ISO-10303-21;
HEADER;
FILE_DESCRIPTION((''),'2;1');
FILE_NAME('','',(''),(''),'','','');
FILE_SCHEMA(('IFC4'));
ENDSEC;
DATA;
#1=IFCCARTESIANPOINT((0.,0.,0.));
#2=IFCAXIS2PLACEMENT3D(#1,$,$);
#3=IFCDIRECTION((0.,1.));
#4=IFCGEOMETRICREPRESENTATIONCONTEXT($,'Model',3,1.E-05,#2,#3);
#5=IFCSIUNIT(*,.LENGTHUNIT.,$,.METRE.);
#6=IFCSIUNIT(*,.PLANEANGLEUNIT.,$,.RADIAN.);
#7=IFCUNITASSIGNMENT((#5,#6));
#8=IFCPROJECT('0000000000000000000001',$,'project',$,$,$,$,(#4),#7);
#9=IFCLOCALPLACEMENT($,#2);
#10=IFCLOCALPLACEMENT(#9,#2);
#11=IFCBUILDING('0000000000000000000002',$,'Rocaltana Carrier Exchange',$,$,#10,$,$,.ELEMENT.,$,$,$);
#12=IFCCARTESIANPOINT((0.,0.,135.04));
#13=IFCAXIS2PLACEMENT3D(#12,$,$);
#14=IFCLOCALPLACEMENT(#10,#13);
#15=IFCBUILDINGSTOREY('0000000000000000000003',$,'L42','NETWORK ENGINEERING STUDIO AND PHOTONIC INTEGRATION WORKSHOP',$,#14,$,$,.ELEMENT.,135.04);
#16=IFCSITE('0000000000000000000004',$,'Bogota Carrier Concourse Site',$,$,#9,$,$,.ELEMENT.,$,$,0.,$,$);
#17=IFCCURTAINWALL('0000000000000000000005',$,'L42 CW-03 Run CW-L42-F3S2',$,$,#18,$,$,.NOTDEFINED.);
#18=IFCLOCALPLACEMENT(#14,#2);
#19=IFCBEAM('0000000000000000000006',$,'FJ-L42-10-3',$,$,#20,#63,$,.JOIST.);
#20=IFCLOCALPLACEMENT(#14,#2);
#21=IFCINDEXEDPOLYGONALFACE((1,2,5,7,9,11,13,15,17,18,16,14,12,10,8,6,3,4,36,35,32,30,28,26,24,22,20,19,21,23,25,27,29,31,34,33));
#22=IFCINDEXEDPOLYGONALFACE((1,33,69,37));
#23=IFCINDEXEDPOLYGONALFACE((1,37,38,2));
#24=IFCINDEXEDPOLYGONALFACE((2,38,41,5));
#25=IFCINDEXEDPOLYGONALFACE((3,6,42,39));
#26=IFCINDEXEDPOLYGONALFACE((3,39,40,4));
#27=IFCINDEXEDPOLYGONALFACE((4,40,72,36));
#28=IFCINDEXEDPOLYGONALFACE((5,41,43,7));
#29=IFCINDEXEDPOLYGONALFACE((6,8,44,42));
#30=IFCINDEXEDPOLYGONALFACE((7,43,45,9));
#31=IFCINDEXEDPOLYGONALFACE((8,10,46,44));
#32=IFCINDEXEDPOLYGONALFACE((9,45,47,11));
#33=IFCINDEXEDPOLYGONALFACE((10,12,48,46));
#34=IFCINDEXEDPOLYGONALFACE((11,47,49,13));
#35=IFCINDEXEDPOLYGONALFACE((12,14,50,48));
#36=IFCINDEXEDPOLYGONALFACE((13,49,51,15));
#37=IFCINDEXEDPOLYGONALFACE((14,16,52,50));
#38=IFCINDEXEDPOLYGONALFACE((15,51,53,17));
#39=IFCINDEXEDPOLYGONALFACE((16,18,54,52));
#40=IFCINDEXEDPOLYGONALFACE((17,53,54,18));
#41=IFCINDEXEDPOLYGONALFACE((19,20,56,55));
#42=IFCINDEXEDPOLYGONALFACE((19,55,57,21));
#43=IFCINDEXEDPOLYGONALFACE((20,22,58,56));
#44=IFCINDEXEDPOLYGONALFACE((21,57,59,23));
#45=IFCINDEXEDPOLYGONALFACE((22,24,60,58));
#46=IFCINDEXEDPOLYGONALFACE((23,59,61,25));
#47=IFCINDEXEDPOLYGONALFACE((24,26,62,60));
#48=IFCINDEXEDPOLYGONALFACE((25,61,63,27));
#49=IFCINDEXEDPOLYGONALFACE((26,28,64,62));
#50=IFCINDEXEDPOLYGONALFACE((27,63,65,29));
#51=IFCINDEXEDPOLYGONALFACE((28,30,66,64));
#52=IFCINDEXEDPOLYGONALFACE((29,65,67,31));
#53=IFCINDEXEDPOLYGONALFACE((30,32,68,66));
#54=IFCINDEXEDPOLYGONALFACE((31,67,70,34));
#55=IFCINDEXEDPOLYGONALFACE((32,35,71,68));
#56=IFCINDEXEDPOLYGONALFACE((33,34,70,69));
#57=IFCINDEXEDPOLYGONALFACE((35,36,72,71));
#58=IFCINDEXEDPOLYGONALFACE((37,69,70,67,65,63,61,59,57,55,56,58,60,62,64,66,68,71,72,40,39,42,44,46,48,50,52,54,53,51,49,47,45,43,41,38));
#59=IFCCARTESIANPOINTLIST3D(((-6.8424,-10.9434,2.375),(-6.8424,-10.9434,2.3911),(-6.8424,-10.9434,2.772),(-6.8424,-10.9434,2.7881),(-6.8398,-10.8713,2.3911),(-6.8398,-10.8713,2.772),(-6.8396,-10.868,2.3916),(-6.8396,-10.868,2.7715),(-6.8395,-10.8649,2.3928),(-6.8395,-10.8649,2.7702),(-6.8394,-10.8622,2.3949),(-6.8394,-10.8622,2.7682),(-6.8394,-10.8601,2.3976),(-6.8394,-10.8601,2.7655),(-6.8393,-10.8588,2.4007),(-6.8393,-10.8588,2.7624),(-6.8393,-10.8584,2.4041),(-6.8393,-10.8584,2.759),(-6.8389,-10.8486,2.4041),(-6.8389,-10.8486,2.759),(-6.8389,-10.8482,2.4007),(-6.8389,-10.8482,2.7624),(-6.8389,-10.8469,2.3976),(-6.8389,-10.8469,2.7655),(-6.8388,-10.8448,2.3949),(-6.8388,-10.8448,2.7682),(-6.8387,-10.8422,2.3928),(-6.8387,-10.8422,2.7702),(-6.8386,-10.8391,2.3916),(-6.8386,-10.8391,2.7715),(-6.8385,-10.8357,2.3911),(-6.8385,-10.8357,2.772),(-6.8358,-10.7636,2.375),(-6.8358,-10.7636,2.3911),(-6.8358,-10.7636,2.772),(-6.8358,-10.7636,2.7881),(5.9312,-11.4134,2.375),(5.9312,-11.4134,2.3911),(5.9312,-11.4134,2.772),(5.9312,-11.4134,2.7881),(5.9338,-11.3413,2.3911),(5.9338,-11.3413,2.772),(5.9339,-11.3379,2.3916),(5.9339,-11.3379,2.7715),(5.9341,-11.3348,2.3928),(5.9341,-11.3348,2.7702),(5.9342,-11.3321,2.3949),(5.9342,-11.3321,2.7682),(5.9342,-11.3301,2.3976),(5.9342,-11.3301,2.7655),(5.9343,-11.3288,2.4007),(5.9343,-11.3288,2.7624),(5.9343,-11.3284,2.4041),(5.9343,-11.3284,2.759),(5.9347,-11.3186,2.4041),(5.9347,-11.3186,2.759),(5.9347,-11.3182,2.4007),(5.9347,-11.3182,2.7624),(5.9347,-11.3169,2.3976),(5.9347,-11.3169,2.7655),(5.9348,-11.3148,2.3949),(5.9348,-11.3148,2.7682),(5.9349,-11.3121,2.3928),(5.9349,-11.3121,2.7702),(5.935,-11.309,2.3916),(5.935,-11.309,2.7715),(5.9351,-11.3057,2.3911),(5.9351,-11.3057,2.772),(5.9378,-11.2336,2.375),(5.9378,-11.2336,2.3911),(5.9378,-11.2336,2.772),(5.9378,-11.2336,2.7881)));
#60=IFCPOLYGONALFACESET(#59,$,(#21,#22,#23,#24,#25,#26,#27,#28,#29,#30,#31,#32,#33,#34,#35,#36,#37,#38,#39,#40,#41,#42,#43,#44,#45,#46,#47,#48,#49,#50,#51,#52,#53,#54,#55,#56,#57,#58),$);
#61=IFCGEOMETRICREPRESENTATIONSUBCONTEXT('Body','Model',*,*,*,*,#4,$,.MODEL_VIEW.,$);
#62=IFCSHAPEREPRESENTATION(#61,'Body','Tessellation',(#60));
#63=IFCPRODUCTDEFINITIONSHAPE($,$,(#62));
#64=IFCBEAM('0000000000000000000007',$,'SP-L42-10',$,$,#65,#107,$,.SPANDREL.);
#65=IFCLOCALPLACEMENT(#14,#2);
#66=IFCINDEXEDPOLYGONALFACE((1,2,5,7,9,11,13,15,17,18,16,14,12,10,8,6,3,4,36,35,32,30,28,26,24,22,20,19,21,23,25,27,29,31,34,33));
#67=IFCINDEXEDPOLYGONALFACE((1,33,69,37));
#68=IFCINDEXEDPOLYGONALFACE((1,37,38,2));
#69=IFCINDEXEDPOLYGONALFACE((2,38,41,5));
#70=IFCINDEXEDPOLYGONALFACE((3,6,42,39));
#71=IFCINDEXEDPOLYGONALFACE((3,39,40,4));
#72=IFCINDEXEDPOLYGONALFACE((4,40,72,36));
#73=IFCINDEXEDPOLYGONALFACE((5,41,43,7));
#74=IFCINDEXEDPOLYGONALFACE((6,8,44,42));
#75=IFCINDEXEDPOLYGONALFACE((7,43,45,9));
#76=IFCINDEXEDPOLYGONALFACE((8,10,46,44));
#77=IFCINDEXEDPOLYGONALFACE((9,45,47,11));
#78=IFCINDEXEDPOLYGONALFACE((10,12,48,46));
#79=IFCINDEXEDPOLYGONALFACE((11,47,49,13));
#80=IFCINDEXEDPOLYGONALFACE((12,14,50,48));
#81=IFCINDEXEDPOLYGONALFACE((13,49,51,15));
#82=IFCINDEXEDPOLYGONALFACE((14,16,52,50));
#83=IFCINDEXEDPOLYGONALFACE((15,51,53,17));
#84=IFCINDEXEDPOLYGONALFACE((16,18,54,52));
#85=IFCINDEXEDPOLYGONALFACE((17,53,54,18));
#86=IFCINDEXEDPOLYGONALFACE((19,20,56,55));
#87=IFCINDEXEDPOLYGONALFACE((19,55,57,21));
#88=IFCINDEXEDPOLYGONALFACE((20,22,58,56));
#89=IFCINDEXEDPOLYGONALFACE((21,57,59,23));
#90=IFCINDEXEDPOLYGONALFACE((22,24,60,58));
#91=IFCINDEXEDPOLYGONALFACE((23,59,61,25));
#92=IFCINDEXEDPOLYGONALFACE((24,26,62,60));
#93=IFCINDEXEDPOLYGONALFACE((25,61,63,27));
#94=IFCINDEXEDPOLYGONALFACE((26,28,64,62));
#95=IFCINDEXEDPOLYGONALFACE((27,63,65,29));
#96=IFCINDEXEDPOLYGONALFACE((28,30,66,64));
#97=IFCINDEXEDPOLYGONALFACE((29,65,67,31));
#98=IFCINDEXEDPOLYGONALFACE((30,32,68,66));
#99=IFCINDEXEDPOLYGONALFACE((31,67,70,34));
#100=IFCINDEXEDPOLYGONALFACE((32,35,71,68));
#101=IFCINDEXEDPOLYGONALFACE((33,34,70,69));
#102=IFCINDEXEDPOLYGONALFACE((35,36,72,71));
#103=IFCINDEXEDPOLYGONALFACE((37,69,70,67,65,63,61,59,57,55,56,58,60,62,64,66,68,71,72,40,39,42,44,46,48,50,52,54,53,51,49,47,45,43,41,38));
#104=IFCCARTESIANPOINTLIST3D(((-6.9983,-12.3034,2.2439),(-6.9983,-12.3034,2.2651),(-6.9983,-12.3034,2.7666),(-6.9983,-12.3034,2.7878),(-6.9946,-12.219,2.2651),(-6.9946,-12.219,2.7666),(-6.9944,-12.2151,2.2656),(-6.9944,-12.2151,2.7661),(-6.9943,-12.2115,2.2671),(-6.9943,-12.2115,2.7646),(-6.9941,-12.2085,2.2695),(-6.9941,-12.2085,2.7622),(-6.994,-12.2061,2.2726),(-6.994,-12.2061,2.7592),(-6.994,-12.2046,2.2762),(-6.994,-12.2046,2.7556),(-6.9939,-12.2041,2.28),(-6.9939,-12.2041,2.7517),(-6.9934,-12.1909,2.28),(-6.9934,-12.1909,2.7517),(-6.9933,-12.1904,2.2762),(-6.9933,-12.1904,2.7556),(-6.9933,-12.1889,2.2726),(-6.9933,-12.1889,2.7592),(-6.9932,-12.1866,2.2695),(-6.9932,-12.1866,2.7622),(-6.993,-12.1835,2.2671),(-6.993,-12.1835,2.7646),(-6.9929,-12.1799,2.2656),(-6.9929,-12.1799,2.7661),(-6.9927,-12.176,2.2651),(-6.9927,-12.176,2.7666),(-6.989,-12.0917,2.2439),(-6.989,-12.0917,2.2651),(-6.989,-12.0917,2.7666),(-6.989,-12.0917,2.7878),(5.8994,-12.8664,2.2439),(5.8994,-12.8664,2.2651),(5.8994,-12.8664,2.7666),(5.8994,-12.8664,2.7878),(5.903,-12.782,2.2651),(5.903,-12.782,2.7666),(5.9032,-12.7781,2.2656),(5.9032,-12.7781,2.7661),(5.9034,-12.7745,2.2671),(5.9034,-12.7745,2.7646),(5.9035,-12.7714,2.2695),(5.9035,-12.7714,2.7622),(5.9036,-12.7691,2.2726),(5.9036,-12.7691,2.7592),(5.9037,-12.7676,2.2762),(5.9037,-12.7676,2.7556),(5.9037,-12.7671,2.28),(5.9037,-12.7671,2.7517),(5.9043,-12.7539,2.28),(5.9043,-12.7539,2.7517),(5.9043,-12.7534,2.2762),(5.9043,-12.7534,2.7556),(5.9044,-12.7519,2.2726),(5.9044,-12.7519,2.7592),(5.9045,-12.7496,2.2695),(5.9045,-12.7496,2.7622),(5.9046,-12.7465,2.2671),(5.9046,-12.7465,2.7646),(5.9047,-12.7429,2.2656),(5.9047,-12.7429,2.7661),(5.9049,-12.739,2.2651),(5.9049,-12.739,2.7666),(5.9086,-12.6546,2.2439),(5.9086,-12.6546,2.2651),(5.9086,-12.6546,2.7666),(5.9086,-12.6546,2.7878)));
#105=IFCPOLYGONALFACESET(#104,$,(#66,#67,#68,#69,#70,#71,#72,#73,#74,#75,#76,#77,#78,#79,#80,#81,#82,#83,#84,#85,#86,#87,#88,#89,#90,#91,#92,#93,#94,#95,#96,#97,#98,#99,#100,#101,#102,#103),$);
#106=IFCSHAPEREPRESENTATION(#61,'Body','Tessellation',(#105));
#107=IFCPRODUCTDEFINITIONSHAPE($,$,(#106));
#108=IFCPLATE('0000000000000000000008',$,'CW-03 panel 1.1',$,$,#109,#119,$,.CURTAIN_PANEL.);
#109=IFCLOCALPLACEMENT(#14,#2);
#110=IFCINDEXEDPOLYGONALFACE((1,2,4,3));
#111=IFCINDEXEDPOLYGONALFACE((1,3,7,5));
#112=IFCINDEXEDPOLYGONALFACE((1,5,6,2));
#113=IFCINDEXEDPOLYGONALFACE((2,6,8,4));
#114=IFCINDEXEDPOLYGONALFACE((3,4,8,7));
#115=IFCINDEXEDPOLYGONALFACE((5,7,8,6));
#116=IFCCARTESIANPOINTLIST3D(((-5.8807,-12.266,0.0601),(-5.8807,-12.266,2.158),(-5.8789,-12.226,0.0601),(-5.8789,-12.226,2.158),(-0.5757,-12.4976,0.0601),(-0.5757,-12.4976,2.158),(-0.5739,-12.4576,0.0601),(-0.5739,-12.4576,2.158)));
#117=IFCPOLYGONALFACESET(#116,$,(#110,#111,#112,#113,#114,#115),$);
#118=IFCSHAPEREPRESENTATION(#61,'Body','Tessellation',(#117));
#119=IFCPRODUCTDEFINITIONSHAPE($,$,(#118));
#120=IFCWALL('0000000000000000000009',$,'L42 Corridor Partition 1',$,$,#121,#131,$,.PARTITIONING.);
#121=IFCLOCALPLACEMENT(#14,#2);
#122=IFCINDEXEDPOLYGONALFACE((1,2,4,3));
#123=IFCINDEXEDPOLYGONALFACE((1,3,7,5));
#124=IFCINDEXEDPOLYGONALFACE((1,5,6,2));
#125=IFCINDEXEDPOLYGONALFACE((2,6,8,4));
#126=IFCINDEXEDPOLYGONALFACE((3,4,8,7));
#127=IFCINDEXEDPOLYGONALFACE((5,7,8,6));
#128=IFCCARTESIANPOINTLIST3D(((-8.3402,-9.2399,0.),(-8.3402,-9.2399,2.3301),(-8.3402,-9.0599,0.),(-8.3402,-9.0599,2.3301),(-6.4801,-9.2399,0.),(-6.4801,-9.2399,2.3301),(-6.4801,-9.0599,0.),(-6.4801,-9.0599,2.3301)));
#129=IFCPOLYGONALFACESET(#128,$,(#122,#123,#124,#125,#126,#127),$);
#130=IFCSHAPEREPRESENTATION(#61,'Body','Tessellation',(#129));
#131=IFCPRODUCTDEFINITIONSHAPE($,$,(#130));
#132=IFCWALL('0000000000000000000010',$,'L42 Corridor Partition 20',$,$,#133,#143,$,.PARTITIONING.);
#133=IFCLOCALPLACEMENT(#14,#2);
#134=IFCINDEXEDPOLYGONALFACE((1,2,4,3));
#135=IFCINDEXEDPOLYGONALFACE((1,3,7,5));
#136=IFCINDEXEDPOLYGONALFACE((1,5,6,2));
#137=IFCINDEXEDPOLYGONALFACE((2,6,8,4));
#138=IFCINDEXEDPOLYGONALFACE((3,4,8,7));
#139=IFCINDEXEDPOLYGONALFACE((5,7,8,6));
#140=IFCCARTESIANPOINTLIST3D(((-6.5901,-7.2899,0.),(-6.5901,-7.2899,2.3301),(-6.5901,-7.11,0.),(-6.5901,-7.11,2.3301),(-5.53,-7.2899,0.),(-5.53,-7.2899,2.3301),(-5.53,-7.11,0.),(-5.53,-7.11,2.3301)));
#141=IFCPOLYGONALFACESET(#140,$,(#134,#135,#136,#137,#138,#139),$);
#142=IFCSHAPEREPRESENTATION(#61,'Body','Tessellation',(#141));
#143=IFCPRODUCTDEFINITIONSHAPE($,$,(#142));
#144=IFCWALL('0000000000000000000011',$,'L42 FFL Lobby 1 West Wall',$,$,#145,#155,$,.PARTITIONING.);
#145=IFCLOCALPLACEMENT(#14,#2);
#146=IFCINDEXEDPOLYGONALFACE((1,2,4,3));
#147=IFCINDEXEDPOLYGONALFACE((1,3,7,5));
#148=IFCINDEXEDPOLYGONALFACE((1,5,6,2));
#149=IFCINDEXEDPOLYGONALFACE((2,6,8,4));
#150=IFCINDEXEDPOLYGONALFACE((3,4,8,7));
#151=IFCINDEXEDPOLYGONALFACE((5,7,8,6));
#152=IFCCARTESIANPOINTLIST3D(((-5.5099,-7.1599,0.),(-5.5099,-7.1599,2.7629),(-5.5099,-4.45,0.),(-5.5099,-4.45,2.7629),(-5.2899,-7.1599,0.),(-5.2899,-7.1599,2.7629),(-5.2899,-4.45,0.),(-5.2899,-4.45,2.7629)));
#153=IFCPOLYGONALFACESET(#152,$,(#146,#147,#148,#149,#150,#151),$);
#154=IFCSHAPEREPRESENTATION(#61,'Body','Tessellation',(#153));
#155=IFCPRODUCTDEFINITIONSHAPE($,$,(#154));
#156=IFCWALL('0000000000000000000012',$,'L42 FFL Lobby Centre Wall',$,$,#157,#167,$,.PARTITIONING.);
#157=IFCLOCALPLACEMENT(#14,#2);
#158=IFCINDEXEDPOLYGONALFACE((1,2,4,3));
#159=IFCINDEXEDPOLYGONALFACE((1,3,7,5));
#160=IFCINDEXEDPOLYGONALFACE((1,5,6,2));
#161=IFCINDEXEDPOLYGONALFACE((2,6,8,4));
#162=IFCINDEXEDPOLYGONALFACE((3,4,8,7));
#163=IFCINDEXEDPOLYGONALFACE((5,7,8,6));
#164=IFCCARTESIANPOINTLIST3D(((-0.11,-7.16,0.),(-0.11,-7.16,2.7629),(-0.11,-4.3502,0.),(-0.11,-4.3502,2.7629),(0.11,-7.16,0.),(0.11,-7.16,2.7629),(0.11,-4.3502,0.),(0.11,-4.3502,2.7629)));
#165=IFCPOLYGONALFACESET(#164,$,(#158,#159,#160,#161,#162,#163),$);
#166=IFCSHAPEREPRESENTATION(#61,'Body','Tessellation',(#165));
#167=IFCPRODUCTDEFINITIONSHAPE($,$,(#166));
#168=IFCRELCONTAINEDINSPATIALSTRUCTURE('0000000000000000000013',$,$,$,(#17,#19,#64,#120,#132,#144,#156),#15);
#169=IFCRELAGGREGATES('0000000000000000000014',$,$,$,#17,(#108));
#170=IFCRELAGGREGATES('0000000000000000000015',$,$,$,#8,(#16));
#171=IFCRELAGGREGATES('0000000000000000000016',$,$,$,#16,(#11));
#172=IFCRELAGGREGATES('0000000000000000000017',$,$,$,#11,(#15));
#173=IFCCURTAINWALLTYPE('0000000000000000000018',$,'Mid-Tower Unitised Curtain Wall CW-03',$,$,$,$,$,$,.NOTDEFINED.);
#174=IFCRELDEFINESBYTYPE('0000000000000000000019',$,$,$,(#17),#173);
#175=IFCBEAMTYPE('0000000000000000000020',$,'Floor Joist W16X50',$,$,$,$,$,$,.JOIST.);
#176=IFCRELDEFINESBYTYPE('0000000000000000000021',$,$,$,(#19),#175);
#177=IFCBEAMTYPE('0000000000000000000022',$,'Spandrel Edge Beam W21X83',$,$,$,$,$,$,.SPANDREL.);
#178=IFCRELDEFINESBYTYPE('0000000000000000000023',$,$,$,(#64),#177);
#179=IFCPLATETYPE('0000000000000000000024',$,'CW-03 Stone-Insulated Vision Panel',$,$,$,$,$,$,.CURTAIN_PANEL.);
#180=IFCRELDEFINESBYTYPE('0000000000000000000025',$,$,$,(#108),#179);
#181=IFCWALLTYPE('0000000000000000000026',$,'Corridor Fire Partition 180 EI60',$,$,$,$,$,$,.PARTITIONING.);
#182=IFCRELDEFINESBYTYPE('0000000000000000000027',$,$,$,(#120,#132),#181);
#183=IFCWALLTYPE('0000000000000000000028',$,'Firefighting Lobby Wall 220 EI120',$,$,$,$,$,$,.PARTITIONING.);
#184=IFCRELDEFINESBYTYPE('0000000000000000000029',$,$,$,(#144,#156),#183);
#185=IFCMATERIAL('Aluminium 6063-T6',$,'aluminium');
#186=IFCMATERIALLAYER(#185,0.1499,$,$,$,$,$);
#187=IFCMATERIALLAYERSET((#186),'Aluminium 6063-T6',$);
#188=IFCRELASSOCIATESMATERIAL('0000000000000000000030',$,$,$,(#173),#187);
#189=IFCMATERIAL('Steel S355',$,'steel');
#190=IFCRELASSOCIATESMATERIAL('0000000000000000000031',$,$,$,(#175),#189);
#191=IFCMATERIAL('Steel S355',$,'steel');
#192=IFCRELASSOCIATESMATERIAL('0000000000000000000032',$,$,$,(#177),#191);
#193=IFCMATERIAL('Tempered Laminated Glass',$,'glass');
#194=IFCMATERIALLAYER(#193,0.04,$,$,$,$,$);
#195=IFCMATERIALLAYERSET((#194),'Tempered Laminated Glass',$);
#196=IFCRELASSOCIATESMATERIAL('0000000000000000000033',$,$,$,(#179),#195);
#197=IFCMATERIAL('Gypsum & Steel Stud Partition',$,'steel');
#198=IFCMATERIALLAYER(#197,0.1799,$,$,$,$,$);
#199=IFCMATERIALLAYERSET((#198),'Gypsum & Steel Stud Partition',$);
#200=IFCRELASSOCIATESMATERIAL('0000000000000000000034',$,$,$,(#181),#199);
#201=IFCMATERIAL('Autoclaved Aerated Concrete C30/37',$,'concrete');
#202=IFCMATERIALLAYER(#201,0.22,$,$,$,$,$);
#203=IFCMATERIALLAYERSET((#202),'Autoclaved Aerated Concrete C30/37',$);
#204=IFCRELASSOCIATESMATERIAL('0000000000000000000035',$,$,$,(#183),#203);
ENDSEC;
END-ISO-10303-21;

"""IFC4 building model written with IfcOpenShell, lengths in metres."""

from ifc_helpers import new_model, si_unit, direction, frame, frame_2d, origin, origin_2d, place, context, subcontext, project, spatial, rectangle, i_section, extrude, material, layer, layer_set, material_profile, profile_set, type_object, element, aggregate, save


model = new_model("IFC4")

# Units and contexts
model_context = context("Model", 3, precision=1e-05, world=origin(), true_north=direction((0.0, 1.0)))
body_context = subcontext(model_context, "Body", "Model", "MODEL_VIEW")
ifc_project = project(units=[si_unit("LENGTHUNIT", "METRE"), si_unit("PLANEANGLEUNIT", "RADIAN")], contexts=[model_context])

# Site, building, storey
site_placement = place(None, origin())
site = spatial("IfcSite", under=ifc_project, at=site_placement, Name="Bogota Carrier Concourse Site", CompositionType="ELEMENT", RefElevation=0.0)
building_placement = place(site_placement, origin())
building = spatial("IfcBuilding", under=site, at=building_placement, Name="Rocaltana Carrier Exchange", CompositionType="ELEMENT")
storey_placement = place(building_placement, frame((0.0, 0.0, 135.04)))
storey = spatial("IfcBuildingStorey", under=building, at=storey_placement, Name="L42", Description="NETWORK ENGINEERING STUDIO AND PHOTONIC INTEGRATION WORKSHOP", CompositionType="ELEMENT", Elevation=135.04)

# Curtain wall
ifc_material_1 = material(Name="Aluminium 6063-T6", Category="aluminium")
ifc_layer_1 = layer(ifc_material_1, 0.1499)
ifc_layer_set_1 = layer_set([ifc_layer_1], Name="Aluminium 6063-T6")
curtain_wall_type = type_object("IfcCurtainWallType", Name="Mid-Tower Unitised Curtain Wall CW-03", PredefinedType="NOTDEFINED", material=ifc_layer_set_1)
curtain_wall_placement = place(storey_placement, origin())
curtain_wall = element("IfcCurtainWall", 1, at=curtain_wall_placement, inside=storey, type_object=curtain_wall_type, Name="L42 CW-03 Run CW-L42-F3S2", PredefinedType="NOTDEFINED")

# Beams
ifc_material_2 = material(Name="Steel S355", Category="steel")
ifc_material_profile_1 = material_profile(ifc_material_2, i_section(OverallWidth=0.1799, OverallDepth=0.4131, WebThickness=0.0098, FlangeThickness=0.0161, FilletRadius=0.0129, at=origin_2d()), Name="W16X50")
ifc_profile_set_1 = profile_set([ifc_material_profile_1], Name="Steel S355")
beam_type_1 = type_object("IfcBeamType", Name="Floor Joist W16X50", PredefinedType="JOIST", material=ifc_profile_set_1)
beam_1_placement = place(storey_placement, frame((-6.8391, -10.8535, 2.5815), z_axis=(0.999324, -0.036767, 0.0), x_axis=(0.036767, 0.999324, 0.0)))
element("IfcBeam", 2, at=beam_1_placement, inside=storey, type_object=beam_type_1, Name="FJ-L42-10-3", PredefinedType="JOIST", context=body_context, shape_type="SweptSolid", body=[
    extrude(i_section(OverallWidth=0.1799, OverallDepth=0.4131, WebThickness=0.0098, FlangeThickness=0.0161, FilletRadius=0.0129, at=origin_2d()), origin(), (0.0, 0.0, 1.0), 12.7822),
])
ifc_material_3 = material(Name="Steel S355", Category="steel")
ifc_material_profile_2 = material_profile(ifc_material_3, i_section(OverallWidth=0.2119, OverallDepth=0.5439, WebThickness=0.0132, FlangeThickness=0.0212, FilletRadius=0.0149, at=origin_2d()), Name="W21X83")
ifc_profile_set_2 = profile_set([ifc_material_profile_2], Name="Steel S355")
beam_type_2 = type_object("IfcBeamType", Name="Spandrel Edge Beam W21X83", PredefinedType="SPANDREL", material=ifc_profile_set_2)
beam_2_placement = place(storey_placement, frame((-6.9937, -12.1975, 2.5159), z_axis=(0.999049, -0.043609, 0.0), x_axis=(0.043609, 0.999049, 0.0)))
element("IfcBeam", 3, at=beam_2_placement, inside=storey, type_object=beam_type_2, Name="SP-L42-10", PredefinedType="SPANDREL", context=body_context, shape_type="SweptSolid", body=[
    extrude(i_section(OverallWidth=0.2119, OverallDepth=0.5439, WebThickness=0.0132, FlangeThickness=0.0212, FilletRadius=0.0149, at=origin_2d()), origin(), (0.0, 0.0, 1.0), 12.9099),
])

# Plate
ifc_material_4 = material(Name="Tempered Laminated Glass", Category="glass")
ifc_layer_2 = layer(ifc_material_4, 0.04)
ifc_layer_set_2 = layer_set([ifc_layer_2], Name="Tempered Laminated Glass")
plate_type = type_object("IfcPlateType", Name="CW-03 Stone-Insulated Vision Panel", PredefinedType="CURTAIN_PANEL", material=ifc_layer_set_2)
plate_placement = place(storey_placement, frame((-3.2273, -12.3618, 0.0601), z_axis=(0.0, 0.0, 1.0), x_axis=(0.999048, -0.04362, 0.0)))
plate = element("IfcPlate", 4, at=plate_placement, type_object=plate_type, Name="CW-03 panel 1.1", PredefinedType="CURTAIN_PANEL", context=body_context, shape_type="SweptSolid", body=[
    extrude(rectangle(XDim=5.3101, YDim=0.04, at=origin_2d()), origin(), (0.0, 0.0, 1.0), 2.0979),
])
aggregate(curtain_wall, [plate])

# Walls
ifc_material_5 = material(Name="Gypsum & Steel Stud Partition", Category="steel")
ifc_layer_3 = layer(ifc_material_5, 0.1799)
ifc_layer_set_3 = layer_set([ifc_layer_3], Name="Gypsum & Steel Stud Partition")
wall_type_1 = type_object("IfcWallType", Name="Corridor Fire Partition 180 EI60", PredefinedType="PARTITIONING", material=ifc_layer_set_3)
wall_1_placement = place(storey_placement, frame((-6.48, -9.1499, 0.0), z_axis=(0.0, 0.0, 1.0), x_axis=(-1.0, 0.0, 0.0)))
element("IfcWall", 5, at=wall_1_placement, inside=storey, type_object=wall_type_1, Name="L42 Corridor Partition 1", PredefinedType="PARTITIONING", context=body_context, shape_type="SweptSolid", body=[
    extrude(rectangle(XDim=1.8601, YDim=0.1799, at=frame_2d((0.9302, 0.0))), origin(), (0.0, 0.0, 1.0), 2.3301),
])
wall_2_placement = place(storey_placement, frame((-6.5901, -7.2, 0.0), z_axis=(0.0, 0.0, 1.0), x_axis=(1.0, 0.0, 0.0)))
element("IfcWall", 6, at=wall_2_placement, inside=storey, type_object=wall_type_1, Name="L42 Corridor Partition 20", PredefinedType="PARTITIONING", context=body_context, shape_type="SweptSolid", body=[
    extrude(rectangle(XDim=1.0601, YDim=0.1799, at=frame_2d((0.53, 0.0))), origin(), (0.0, 0.0, 1.0), 2.3301),
])
ifc_material_6 = material(Name="Autoclaved Aerated Concrete C30/37", Category="concrete")
ifc_layer_4 = layer(ifc_material_6, 0.22)
ifc_layer_set_4 = layer_set([ifc_layer_4], Name="Autoclaved Aerated Concrete C30/37")
wall_type_2 = type_object("IfcWallType", Name="Firefighting Lobby Wall 220 EI120", PredefinedType="PARTITIONING", material=ifc_layer_set_4)
wall_3_placement = place(storey_placement, frame((-5.3999, -7.1599, 0.0), z_axis=(0.0, 0.0, 1.0), x_axis=(0.0, 1.0, 0.0)))
element("IfcWall", 7, at=wall_3_placement, inside=storey, type_object=wall_type_2, Name="L42 FFL Lobby 1 West Wall", PredefinedType="PARTITIONING", context=body_context, shape_type="SweptSolid", body=[
    extrude(rectangle(XDim=2.71, YDim=0.22, at=frame_2d((1.355, 0.0))), origin(), (0.0, 0.0, 1.0), 2.7629),
])
wall_4_placement = place(storey_placement, frame((0.0, -7.1599, 0.0), z_axis=(0.0, 0.0, 1.0), x_axis=(0.0, 1.0, 0.0)))
element("IfcWall", 8, at=wall_4_placement, inside=storey, type_object=wall_type_2, Name="L42 FFL Lobby Centre Wall", PredefinedType="PARTITIONING", context=body_context, shape_type="SweptSolid", body=[
    extrude(rectangle(XDim=2.8098, YDim=0.22, at=frame_2d((1.4048, 0.0))), origin(), (0.0, 0.0, 1.0), 2.7629),
])

save(model, "model.ifc")
